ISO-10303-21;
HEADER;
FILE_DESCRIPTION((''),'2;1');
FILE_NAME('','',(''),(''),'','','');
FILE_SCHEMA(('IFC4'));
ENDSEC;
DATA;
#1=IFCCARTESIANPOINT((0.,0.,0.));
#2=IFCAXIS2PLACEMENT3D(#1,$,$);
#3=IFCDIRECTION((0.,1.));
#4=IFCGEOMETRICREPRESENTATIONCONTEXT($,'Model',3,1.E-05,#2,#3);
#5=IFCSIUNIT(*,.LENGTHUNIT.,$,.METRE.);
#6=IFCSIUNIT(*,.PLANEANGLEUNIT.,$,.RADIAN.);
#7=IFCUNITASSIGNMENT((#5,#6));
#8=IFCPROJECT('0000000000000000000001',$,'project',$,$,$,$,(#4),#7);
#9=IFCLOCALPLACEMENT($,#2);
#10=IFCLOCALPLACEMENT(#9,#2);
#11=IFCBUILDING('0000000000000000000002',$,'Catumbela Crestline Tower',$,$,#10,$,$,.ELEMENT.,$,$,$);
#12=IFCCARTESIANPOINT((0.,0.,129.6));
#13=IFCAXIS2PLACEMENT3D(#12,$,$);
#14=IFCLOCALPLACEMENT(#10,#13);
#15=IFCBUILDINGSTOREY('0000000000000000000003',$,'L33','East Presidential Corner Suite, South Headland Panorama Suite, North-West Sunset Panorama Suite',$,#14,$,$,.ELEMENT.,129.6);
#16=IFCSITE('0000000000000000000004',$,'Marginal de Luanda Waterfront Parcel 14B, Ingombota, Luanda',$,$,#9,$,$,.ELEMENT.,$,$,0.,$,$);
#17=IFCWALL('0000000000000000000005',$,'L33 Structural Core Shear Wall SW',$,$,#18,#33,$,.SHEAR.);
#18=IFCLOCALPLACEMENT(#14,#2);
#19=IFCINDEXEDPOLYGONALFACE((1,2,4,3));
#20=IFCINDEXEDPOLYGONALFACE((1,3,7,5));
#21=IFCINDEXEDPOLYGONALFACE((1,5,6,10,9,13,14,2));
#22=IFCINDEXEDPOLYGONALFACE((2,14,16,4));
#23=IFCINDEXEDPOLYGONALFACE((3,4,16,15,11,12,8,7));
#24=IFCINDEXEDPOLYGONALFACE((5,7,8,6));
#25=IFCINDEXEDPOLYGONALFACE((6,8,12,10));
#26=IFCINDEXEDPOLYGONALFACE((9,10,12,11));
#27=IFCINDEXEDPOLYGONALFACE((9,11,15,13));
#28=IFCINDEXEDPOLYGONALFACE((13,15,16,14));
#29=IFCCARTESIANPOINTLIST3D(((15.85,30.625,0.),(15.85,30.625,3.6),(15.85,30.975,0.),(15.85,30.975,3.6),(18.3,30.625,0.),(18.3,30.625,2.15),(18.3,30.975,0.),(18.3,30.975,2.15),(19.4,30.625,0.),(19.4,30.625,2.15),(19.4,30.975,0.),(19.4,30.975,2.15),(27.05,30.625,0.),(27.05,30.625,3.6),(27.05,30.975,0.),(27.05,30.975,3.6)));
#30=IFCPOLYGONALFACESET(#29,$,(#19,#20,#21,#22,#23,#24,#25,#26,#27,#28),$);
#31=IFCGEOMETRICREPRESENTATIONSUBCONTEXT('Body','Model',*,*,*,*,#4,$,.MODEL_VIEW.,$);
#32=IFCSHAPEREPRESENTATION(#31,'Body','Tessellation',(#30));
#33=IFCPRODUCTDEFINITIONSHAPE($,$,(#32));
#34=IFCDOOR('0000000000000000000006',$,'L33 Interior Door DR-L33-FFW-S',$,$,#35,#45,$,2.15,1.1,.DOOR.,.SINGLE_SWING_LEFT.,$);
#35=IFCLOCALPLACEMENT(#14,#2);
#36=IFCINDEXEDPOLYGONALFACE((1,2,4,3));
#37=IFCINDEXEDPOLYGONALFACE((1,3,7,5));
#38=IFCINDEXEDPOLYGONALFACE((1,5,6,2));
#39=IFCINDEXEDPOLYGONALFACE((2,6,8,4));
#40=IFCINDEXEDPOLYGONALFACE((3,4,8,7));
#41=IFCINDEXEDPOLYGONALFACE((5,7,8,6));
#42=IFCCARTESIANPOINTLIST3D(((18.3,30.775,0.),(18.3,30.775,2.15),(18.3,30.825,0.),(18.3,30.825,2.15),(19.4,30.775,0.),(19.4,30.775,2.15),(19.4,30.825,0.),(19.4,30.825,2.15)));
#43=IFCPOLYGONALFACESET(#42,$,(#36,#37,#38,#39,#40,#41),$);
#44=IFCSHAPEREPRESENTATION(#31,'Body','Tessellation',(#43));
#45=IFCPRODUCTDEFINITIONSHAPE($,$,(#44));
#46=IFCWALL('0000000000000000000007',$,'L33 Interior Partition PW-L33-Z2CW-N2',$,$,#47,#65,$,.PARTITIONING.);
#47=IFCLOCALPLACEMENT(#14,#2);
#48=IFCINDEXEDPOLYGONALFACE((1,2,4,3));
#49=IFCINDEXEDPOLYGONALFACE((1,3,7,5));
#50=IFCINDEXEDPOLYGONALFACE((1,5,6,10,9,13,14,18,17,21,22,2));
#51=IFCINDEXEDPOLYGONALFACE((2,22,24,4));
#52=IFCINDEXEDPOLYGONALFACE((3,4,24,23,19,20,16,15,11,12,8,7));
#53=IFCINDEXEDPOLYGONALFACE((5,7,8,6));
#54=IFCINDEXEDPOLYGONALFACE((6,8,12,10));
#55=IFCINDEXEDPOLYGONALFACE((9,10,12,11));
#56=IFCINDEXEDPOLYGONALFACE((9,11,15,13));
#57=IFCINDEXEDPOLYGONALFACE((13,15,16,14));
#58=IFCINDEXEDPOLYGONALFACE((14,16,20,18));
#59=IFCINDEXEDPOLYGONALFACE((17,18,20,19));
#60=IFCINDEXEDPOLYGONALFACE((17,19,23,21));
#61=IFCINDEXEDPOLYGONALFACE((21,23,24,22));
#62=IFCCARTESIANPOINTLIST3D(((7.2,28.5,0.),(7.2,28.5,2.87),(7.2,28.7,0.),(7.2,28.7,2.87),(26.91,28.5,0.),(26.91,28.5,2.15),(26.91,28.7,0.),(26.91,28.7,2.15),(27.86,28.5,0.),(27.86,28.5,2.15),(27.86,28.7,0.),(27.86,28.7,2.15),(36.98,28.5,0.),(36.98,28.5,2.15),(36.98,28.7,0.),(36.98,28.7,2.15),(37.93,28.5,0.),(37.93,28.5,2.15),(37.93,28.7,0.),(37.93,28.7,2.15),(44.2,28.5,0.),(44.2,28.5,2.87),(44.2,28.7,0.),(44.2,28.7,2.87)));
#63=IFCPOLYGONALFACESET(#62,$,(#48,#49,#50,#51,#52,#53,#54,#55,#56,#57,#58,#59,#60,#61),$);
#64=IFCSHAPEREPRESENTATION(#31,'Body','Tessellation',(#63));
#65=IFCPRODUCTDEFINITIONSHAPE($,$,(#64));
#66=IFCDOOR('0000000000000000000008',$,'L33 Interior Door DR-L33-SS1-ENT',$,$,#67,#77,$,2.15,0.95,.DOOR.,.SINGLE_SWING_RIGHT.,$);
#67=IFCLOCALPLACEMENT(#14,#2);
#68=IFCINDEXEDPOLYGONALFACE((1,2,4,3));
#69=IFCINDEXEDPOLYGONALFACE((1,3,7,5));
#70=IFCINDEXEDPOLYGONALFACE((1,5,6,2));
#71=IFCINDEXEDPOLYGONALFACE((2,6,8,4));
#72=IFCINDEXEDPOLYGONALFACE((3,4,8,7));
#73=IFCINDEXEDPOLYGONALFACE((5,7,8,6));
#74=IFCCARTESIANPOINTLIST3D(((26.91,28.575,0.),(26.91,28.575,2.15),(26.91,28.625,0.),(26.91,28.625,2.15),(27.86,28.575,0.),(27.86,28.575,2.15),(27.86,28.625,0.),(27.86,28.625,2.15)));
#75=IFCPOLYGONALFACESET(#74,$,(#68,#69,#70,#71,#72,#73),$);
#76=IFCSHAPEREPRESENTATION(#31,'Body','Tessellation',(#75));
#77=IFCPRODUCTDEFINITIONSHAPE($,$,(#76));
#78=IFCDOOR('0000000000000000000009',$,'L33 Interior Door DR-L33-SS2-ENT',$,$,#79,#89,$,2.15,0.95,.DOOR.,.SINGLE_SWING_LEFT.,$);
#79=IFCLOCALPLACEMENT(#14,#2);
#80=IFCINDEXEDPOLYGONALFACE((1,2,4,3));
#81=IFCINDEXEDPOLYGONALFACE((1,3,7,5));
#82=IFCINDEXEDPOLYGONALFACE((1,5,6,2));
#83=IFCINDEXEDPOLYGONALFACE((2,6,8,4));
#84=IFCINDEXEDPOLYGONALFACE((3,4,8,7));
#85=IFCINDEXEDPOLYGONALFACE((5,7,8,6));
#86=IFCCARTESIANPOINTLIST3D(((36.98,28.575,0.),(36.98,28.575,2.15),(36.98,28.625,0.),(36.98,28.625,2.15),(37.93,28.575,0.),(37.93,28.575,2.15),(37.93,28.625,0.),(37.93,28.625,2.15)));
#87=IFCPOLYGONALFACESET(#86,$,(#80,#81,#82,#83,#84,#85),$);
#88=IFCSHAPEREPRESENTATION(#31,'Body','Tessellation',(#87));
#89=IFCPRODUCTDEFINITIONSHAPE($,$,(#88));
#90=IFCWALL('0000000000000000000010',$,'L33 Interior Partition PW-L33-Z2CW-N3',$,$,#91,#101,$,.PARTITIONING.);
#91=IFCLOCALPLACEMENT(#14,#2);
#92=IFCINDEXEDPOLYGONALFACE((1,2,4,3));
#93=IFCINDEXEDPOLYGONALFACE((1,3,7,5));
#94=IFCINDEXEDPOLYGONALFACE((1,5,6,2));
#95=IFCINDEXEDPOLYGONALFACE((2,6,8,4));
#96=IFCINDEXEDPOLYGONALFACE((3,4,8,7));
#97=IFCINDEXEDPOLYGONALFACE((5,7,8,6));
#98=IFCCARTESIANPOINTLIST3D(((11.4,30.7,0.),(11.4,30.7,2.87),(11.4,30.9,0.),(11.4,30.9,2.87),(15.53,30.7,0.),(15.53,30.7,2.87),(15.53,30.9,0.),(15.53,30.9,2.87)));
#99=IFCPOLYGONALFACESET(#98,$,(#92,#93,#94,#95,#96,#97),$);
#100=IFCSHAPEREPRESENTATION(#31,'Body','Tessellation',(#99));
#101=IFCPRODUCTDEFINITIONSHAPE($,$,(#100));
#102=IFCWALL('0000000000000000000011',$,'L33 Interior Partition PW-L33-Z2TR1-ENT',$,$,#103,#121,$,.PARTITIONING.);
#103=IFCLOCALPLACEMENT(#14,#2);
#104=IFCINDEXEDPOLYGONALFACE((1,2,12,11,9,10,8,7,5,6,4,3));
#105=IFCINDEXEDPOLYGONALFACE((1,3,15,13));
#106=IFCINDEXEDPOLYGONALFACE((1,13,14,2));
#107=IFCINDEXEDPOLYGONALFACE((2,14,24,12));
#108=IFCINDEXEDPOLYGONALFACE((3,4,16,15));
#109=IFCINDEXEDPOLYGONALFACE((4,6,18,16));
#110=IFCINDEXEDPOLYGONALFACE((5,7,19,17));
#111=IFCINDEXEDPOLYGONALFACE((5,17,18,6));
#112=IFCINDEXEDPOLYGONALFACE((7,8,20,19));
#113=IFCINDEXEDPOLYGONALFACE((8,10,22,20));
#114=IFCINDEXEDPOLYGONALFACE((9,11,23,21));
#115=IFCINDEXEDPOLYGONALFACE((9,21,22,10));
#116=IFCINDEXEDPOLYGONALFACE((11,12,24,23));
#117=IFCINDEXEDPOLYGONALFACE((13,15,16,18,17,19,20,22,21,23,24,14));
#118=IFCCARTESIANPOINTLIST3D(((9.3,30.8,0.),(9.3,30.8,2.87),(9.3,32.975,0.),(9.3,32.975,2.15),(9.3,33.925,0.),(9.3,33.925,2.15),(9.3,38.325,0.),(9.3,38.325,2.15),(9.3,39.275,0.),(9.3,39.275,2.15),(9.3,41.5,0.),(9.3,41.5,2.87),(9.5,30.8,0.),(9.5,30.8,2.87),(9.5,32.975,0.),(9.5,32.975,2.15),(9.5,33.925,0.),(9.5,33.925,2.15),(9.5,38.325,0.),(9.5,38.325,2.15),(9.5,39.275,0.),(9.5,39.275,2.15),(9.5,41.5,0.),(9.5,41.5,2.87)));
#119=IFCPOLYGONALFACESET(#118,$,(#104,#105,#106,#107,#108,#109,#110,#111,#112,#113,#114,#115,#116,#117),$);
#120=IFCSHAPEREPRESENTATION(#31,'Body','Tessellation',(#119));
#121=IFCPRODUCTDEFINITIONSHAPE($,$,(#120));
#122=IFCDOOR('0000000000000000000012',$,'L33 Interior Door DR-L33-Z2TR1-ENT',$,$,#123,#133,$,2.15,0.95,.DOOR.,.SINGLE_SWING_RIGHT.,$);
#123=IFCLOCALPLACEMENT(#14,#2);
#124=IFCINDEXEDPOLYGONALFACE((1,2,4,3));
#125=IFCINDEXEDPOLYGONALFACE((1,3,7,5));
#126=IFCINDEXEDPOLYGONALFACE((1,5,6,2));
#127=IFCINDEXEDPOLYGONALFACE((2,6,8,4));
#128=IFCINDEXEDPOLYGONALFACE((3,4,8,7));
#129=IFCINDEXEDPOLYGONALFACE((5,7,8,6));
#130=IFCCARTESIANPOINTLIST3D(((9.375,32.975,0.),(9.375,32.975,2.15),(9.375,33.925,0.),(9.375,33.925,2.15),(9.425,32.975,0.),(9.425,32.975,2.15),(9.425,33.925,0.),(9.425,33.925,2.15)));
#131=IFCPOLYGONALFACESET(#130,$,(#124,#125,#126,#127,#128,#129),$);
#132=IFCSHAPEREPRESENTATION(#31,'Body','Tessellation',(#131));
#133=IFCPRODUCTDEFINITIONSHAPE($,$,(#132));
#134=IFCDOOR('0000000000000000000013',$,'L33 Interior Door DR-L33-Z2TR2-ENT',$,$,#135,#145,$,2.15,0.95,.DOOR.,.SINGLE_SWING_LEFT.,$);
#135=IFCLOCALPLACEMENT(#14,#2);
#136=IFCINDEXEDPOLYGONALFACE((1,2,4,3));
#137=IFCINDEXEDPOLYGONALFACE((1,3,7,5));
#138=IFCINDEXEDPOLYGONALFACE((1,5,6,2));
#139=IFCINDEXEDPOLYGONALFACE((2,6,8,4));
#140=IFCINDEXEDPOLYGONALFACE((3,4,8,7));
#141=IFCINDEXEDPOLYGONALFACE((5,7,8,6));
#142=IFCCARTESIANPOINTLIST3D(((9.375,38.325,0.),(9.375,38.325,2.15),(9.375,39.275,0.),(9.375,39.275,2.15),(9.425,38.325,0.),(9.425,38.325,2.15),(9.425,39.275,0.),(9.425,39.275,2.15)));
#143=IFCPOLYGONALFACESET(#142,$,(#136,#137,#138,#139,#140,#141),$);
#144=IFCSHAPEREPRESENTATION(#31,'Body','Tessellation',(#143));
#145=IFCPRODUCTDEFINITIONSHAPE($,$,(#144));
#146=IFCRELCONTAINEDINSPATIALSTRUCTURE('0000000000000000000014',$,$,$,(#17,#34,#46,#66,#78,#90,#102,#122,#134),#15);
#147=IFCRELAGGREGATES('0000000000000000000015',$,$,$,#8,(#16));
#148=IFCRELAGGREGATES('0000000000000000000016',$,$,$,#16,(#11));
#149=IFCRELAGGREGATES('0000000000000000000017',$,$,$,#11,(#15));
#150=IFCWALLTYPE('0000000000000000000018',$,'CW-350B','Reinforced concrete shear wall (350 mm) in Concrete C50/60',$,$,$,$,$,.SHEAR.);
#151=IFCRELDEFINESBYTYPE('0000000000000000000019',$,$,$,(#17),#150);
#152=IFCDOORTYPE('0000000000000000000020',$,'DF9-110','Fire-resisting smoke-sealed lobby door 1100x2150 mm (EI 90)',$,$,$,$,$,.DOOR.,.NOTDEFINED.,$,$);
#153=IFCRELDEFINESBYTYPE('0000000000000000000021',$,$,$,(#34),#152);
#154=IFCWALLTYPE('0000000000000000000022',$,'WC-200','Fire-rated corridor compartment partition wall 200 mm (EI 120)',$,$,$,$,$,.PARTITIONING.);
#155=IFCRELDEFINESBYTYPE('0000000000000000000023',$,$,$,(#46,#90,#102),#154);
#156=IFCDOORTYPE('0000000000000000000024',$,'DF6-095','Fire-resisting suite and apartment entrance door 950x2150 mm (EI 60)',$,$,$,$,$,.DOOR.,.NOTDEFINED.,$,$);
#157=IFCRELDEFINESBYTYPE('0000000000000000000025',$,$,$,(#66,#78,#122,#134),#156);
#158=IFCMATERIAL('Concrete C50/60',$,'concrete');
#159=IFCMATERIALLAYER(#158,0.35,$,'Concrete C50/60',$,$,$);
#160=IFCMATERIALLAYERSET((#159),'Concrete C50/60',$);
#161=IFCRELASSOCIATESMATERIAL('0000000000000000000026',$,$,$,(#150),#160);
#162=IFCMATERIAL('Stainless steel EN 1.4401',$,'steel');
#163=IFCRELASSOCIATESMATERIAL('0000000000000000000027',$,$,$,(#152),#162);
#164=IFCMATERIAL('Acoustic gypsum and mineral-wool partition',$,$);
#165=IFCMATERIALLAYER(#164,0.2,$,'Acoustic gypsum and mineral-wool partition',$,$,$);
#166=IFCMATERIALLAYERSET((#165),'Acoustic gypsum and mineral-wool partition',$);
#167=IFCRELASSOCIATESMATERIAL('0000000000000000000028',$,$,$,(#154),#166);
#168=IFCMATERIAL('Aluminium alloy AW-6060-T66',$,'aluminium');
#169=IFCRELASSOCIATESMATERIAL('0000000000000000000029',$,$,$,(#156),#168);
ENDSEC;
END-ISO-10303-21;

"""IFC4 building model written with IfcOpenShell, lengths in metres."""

from ifc_helpers import new_model, si_unit, direction, frame, frame_2d, origin, place, context, subcontext, project, spatial, rectangle, extrude, material, layer, layer_set, type_object, element, fill, save


model = new_model("IFC4")

# Units and contexts
model_context = context("Model", 3, precision=1e-05, world=origin(), true_north=direction((0.0, 1.0)))
body_context = subcontext(model_context, "Body", "Model", "MODEL_VIEW")
ifc_project = project(units=[si_unit("LENGTHUNIT", "METRE"), si_unit("PLANEANGLEUNIT", "RADIAN")], contexts=[model_context])

# Site, building, storey
site_placement = place(None, origin())
site = spatial("IfcSite", under=ifc_project, at=site_placement, Name="Marginal de Luanda Waterfront Parcel 14B, Ingombota, Luanda", CompositionType="ELEMENT", RefElevation=0.0)
building_placement = place(site_placement, origin())
building = spatial("IfcBuilding", under=site, at=building_placement, Name="Catumbela Crestline Tower", CompositionType="ELEMENT")
storey_placement = place(building_placement, frame((0.0, 0.0, 129.6)))
storey = spatial("IfcBuildingStorey", under=building, at=storey_placement, Name="L33", Description="East Presidential Corner Suite, South Headland Panorama Suite, North-West Sunset Panorama Suite", CompositionType="ELEMENT", Elevation=129.6)

# Shared definitions
ifc_material_1 = material(Name="Concrete C50/60", Category="concrete")
ifc_material_2 = material(Name="Stainless steel EN 1.4401", Category="steel")

# Shared definitions
ifc_layer_1 = layer(ifc_material_1, 0.35, Name="Concrete C50/60")
ifc_layer_set_1 = layer_set([ifc_layer_1], Name="Concrete C50/60")
wall_type_1 = type_object("IfcWallType", Name="CW-350B", Description="Reinforced concrete shear wall (350 mm) in Concrete C50/60", PredefinedType="SHEAR", material=ifc_layer_set_1)

# Wall, opening, door
wall_1_placement = place(storey_placement, frame((15.85, 30.8, 0.0), z_axis=(0.0, 0.0, 1.0), x_axis=(1.0, 0.0, 0.0)))
wall_1 = element("IfcWall", 1, at=wall_1_placement, inside=storey, type_object=wall_type_1, Name="L33 Structural Core Shear Wall SW", PredefinedType="SHEAR", context=body_context, shape_type="SweptSolid", body=[
    extrude(rectangle(XDim=11.2, YDim=0.35, at=frame_2d((5.6, 0.0))), origin(), (0.0, 0.0, 1.0), 3.6),
])
opening_1_placement = place(wall_1_placement, frame((2.45, 0.0, 0.0)))
opening_1 = element("IfcOpeningElement", 2, at=opening_1_placement, cuts=wall_1, PredefinedType="OPENING", context=body_context, shape_type="SweptSolid", body=[
    extrude(rectangle(XDim=1.1, YDim=2.15, at=frame_2d((0.55, 1.075))), frame((0.0, 0.185, 0.0), z_axis=(0.0, -1.0, 0.0), x_axis=(1.0, 0.0, 0.0)), (0.0, 0.0, 1.0), 0.37),
])
door_type_1 = type_object("IfcDoorType", Name="DF9-110", Description="Fire-resisting smoke-sealed lobby door 1100x2150 mm (EI 90)", OperationType="NOTDEFINED", PredefinedType="DOOR", material=ifc_material_2)
door_1_placement = place(opening_1_placement, origin())
door_1 = element("IfcDoor", 3, at=door_1_placement, inside=storey, type_object=door_type_1, Name="L33 Interior Door DR-L33-FFW-S", OperationType="SINGLE_SWING_LEFT", OverallHeight=2.15, OverallWidth=1.1, PredefinedType="DOOR", context=body_context, shape_type="SweptSolid", body=[
    extrude(rectangle(XDim=1.1, YDim=2.15, at=frame_2d((0.55, 1.075))), frame((0.0, 0.025, 0.0), z_axis=(0.0, -1.0, 0.0), x_axis=(1.0, 0.0, 0.0)), (0.0, 0.0, 1.0), 0.05),
])
fill(opening_1, door_1)

# Wall, openings, doors
ifc_material_3 = material(Name="Acoustic gypsum and mineral-wool partition")
ifc_layer_2 = layer(ifc_material_3, 0.2, Name="Acoustic gypsum and mineral-wool partition")
ifc_layer_set_2 = layer_set([ifc_layer_2], Name="Acoustic gypsum and mineral-wool partition")
wall_type_2 = type_object("IfcWallType", Name="WC-200", Description="Fire-rated corridor compartment partition wall 200 mm (EI 120)", PredefinedType="PARTITIONING", material=ifc_layer_set_2)
wall_2_placement = place(storey_placement, frame((7.2, 28.6, 0.0), z_axis=(0.0, 0.0, 1.0), x_axis=(1.0, 0.0, 0.0)))
wall_2 = element("IfcWall", 4, at=wall_2_placement, inside=storey, type_object=wall_type_2, Name="L33 Interior Partition PW-L33-Z2CW-N2", PredefinedType="PARTITIONING", context=body_context, shape_type="SweptSolid", body=[
    extrude(rectangle(XDim=37.0, YDim=0.2, at=frame_2d((18.5, 0.0))), origin(), (0.0, 0.0, 1.0), 2.87),
])
opening_2_placement = place(wall_2_placement, frame((19.71, 0.0, 0.0)))
opening_2 = element("IfcOpeningElement", 5, at=opening_2_placement, cuts=wall_2, PredefinedType="OPENING", context=body_context, shape_type="SweptSolid", body=[
    extrude(rectangle(XDim=0.95, YDim=2.15, at=frame_2d((0.475, 1.075))), frame((0.0, 0.11, 0.0), z_axis=(0.0, -1.0, 0.0), x_axis=(1.0, 0.0, 0.0)), (0.0, 0.0, 1.0), 0.22),
])
opening_3_placement = place(wall_2_placement, frame((29.78, 0.0, 0.0)))
opening_3 = element("IfcOpeningElement", 6, at=opening_3_placement, cuts=wall_2, PredefinedType="OPENING", context=body_context, shape_type="SweptSolid", body=[
    extrude(rectangle(XDim=0.95, YDim=2.15, at=frame_2d((0.475, 1.075))), frame((0.0, 0.11, 0.0), z_axis=(0.0, -1.0, 0.0), x_axis=(1.0, 0.0, 0.0)), (0.0, 0.0, 1.0), 0.22),
])
ifc_material_4 = material(Name="Aluminium alloy AW-6060-T66", Category="aluminium")
door_type_2 = type_object("IfcDoorType", Name="DF6-095", Description="Fire-resisting suite and apartment entrance door 950x2150 mm (EI 60)", OperationType="NOTDEFINED", PredefinedType="DOOR", material=ifc_material_4)
door_2_placement = place(opening_2_placement, origin())
door_2 = element("IfcDoor", 7, at=door_2_placement, inside=storey, type_object=door_type_2, Name="L33 Interior Door DR-L33-SS1-ENT", OperationType="SINGLE_SWING_RIGHT", OverallHeight=2.15, OverallWidth=0.95, PredefinedType="DOOR", context=body_context, shape_type="SweptSolid", body=[
    extrude(rectangle(XDim=0.95, YDim=2.15, at=frame_2d((0.475, 1.075))), frame((0.0, 0.025, 0.0), z_axis=(0.0, -1.0, 0.0), x_axis=(1.0, 0.0, 0.0)), (0.0, 0.0, 1.0), 0.05),
])
fill(opening_2, door_2)
door_3_placement = place(opening_3_placement, origin())
door_3 = element("IfcDoor", 8, at=door_3_placement, inside=storey, type_object=door_type_2, Name="L33 Interior Door DR-L33-SS2-ENT", OperationType="SINGLE_SWING_LEFT", OverallHeight=2.15, OverallWidth=0.95, PredefinedType="DOOR", context=body_context, shape_type="SweptSolid", body=[
    extrude(rectangle(XDim=0.95, YDim=2.15, at=frame_2d((0.475, 1.075))), frame((0.0, 0.025, 0.0), z_axis=(0.0, -1.0, 0.0), x_axis=(1.0, 0.0, 0.0)), (0.0, 0.0, 1.0), 0.05),
])
fill(opening_3, door_3)

# Wall
wall_3_placement = place(storey_placement, frame((11.4, 30.8, 0.0), z_axis=(0.0, 0.0, 1.0), x_axis=(1.0, 0.0, 0.0)))
element("IfcWall", 9, at=wall_3_placement, inside=storey, type_object=wall_type_2, Name="L33 Interior Partition PW-L33-Z2CW-N3", PredefinedType="PARTITIONING", context=body_context, shape_type="SweptSolid", body=[
    extrude(rectangle(XDim=4.13, YDim=0.2, at=frame_2d((2.065, 0.0))), origin(), (0.0, 0.0, 1.0), 2.87),
])

# Wall, openings, doors
wall_4_placement = place(storey_placement, frame((9.4, 30.8, 0.0), z_axis=(0.0, 0.0, 1.0), x_axis=(0.0, 1.0, 0.0)))
wall_4 = element("IfcWall", 10, at=wall_4_placement, inside=storey, type_object=wall_type_2, Name="L33 Interior Partition PW-L33-Z2TR1-ENT", PredefinedType="PARTITIONING", context=body_context, shape_type="SweptSolid", body=[
    extrude(rectangle(XDim=10.7, YDim=0.2, at=frame_2d((5.35, 0.0))), origin(), (0.0, 0.0, 1.0), 2.87),
])
opening_4_placement = place(wall_4_placement, frame((2.175, 0.0, 0.0)))
opening_4 = element("IfcOpeningElement", 11, at=opening_4_placement, cuts=wall_4, PredefinedType="OPENING", context=body_context, shape_type="SweptSolid", body=[
    extrude(rectangle(XDim=0.95, YDim=2.15, at=frame_2d((0.475, 1.075))), frame((0.0, 0.11, 0.0), z_axis=(0.0, -1.0, 0.0), x_axis=(1.0, 0.0, 0.0)), (0.0, 0.0, 1.0), 0.22),
])
opening_5_placement = place(wall_4_placement, frame((7.525, 0.0, 0.0)))
opening_5 = element("IfcOpeningElement", 12, at=opening_5_placement, cuts=wall_4, PredefinedType="OPENING", context=body_context, shape_type="SweptSolid", body=[
    extrude(rectangle(XDim=0.95, YDim=2.15, at=frame_2d((0.475, 1.075))), frame((0.0, 0.11, 0.0), z_axis=(0.0, -1.0, 0.0), x_axis=(1.0, 0.0, 0.0)), (0.0, 0.0, 1.0), 0.22),
])
door_4_placement = place(opening_4_placement, origin())
door_4 = element("IfcDoor", 13, at=door_4_placement, inside=storey, type_object=door_type_2, Name="L33 Interior Door DR-L33-Z2TR1-ENT", OperationType="SINGLE_SWING_RIGHT", OverallHeight=2.15, OverallWidth=0.95, PredefinedType="DOOR", context=body_context, shape_type="SweptSolid", body=[
    extrude(rectangle(XDim=0.95, YDim=2.15, at=frame_2d((0.475, 1.075))), frame((0.0, 0.025, 0.0), z_axis=(0.0, -1.0, 0.0), x_axis=(1.0, 0.0, 0.0)), (0.0, 0.0, 1.0), 0.05),
])
fill(opening_4, door_4)
door_5_placement = place(opening_5_placement, origin())
door_5 = element("IfcDoor", 14, at=door_5_placement, inside=storey, type_object=door_type_2, Name="L33 Interior Door DR-L33-Z2TR2-ENT", OperationType="SINGLE_SWING_LEFT", OverallHeight=2.15, OverallWidth=0.95, PredefinedType="DOOR", context=body_context, shape_type="SweptSolid", body=[
    extrude(rectangle(XDim=0.95, YDim=2.15, at=frame_2d((0.475, 1.075))), frame((0.0, 0.025, 0.0), z_axis=(0.0, -1.0, 0.0), x_axis=(1.0, 0.0, 0.0)), (0.0, 0.0, 1.0), 0.05),
])
fill(opening_5, door_5)

save(model, "model.ifc")
